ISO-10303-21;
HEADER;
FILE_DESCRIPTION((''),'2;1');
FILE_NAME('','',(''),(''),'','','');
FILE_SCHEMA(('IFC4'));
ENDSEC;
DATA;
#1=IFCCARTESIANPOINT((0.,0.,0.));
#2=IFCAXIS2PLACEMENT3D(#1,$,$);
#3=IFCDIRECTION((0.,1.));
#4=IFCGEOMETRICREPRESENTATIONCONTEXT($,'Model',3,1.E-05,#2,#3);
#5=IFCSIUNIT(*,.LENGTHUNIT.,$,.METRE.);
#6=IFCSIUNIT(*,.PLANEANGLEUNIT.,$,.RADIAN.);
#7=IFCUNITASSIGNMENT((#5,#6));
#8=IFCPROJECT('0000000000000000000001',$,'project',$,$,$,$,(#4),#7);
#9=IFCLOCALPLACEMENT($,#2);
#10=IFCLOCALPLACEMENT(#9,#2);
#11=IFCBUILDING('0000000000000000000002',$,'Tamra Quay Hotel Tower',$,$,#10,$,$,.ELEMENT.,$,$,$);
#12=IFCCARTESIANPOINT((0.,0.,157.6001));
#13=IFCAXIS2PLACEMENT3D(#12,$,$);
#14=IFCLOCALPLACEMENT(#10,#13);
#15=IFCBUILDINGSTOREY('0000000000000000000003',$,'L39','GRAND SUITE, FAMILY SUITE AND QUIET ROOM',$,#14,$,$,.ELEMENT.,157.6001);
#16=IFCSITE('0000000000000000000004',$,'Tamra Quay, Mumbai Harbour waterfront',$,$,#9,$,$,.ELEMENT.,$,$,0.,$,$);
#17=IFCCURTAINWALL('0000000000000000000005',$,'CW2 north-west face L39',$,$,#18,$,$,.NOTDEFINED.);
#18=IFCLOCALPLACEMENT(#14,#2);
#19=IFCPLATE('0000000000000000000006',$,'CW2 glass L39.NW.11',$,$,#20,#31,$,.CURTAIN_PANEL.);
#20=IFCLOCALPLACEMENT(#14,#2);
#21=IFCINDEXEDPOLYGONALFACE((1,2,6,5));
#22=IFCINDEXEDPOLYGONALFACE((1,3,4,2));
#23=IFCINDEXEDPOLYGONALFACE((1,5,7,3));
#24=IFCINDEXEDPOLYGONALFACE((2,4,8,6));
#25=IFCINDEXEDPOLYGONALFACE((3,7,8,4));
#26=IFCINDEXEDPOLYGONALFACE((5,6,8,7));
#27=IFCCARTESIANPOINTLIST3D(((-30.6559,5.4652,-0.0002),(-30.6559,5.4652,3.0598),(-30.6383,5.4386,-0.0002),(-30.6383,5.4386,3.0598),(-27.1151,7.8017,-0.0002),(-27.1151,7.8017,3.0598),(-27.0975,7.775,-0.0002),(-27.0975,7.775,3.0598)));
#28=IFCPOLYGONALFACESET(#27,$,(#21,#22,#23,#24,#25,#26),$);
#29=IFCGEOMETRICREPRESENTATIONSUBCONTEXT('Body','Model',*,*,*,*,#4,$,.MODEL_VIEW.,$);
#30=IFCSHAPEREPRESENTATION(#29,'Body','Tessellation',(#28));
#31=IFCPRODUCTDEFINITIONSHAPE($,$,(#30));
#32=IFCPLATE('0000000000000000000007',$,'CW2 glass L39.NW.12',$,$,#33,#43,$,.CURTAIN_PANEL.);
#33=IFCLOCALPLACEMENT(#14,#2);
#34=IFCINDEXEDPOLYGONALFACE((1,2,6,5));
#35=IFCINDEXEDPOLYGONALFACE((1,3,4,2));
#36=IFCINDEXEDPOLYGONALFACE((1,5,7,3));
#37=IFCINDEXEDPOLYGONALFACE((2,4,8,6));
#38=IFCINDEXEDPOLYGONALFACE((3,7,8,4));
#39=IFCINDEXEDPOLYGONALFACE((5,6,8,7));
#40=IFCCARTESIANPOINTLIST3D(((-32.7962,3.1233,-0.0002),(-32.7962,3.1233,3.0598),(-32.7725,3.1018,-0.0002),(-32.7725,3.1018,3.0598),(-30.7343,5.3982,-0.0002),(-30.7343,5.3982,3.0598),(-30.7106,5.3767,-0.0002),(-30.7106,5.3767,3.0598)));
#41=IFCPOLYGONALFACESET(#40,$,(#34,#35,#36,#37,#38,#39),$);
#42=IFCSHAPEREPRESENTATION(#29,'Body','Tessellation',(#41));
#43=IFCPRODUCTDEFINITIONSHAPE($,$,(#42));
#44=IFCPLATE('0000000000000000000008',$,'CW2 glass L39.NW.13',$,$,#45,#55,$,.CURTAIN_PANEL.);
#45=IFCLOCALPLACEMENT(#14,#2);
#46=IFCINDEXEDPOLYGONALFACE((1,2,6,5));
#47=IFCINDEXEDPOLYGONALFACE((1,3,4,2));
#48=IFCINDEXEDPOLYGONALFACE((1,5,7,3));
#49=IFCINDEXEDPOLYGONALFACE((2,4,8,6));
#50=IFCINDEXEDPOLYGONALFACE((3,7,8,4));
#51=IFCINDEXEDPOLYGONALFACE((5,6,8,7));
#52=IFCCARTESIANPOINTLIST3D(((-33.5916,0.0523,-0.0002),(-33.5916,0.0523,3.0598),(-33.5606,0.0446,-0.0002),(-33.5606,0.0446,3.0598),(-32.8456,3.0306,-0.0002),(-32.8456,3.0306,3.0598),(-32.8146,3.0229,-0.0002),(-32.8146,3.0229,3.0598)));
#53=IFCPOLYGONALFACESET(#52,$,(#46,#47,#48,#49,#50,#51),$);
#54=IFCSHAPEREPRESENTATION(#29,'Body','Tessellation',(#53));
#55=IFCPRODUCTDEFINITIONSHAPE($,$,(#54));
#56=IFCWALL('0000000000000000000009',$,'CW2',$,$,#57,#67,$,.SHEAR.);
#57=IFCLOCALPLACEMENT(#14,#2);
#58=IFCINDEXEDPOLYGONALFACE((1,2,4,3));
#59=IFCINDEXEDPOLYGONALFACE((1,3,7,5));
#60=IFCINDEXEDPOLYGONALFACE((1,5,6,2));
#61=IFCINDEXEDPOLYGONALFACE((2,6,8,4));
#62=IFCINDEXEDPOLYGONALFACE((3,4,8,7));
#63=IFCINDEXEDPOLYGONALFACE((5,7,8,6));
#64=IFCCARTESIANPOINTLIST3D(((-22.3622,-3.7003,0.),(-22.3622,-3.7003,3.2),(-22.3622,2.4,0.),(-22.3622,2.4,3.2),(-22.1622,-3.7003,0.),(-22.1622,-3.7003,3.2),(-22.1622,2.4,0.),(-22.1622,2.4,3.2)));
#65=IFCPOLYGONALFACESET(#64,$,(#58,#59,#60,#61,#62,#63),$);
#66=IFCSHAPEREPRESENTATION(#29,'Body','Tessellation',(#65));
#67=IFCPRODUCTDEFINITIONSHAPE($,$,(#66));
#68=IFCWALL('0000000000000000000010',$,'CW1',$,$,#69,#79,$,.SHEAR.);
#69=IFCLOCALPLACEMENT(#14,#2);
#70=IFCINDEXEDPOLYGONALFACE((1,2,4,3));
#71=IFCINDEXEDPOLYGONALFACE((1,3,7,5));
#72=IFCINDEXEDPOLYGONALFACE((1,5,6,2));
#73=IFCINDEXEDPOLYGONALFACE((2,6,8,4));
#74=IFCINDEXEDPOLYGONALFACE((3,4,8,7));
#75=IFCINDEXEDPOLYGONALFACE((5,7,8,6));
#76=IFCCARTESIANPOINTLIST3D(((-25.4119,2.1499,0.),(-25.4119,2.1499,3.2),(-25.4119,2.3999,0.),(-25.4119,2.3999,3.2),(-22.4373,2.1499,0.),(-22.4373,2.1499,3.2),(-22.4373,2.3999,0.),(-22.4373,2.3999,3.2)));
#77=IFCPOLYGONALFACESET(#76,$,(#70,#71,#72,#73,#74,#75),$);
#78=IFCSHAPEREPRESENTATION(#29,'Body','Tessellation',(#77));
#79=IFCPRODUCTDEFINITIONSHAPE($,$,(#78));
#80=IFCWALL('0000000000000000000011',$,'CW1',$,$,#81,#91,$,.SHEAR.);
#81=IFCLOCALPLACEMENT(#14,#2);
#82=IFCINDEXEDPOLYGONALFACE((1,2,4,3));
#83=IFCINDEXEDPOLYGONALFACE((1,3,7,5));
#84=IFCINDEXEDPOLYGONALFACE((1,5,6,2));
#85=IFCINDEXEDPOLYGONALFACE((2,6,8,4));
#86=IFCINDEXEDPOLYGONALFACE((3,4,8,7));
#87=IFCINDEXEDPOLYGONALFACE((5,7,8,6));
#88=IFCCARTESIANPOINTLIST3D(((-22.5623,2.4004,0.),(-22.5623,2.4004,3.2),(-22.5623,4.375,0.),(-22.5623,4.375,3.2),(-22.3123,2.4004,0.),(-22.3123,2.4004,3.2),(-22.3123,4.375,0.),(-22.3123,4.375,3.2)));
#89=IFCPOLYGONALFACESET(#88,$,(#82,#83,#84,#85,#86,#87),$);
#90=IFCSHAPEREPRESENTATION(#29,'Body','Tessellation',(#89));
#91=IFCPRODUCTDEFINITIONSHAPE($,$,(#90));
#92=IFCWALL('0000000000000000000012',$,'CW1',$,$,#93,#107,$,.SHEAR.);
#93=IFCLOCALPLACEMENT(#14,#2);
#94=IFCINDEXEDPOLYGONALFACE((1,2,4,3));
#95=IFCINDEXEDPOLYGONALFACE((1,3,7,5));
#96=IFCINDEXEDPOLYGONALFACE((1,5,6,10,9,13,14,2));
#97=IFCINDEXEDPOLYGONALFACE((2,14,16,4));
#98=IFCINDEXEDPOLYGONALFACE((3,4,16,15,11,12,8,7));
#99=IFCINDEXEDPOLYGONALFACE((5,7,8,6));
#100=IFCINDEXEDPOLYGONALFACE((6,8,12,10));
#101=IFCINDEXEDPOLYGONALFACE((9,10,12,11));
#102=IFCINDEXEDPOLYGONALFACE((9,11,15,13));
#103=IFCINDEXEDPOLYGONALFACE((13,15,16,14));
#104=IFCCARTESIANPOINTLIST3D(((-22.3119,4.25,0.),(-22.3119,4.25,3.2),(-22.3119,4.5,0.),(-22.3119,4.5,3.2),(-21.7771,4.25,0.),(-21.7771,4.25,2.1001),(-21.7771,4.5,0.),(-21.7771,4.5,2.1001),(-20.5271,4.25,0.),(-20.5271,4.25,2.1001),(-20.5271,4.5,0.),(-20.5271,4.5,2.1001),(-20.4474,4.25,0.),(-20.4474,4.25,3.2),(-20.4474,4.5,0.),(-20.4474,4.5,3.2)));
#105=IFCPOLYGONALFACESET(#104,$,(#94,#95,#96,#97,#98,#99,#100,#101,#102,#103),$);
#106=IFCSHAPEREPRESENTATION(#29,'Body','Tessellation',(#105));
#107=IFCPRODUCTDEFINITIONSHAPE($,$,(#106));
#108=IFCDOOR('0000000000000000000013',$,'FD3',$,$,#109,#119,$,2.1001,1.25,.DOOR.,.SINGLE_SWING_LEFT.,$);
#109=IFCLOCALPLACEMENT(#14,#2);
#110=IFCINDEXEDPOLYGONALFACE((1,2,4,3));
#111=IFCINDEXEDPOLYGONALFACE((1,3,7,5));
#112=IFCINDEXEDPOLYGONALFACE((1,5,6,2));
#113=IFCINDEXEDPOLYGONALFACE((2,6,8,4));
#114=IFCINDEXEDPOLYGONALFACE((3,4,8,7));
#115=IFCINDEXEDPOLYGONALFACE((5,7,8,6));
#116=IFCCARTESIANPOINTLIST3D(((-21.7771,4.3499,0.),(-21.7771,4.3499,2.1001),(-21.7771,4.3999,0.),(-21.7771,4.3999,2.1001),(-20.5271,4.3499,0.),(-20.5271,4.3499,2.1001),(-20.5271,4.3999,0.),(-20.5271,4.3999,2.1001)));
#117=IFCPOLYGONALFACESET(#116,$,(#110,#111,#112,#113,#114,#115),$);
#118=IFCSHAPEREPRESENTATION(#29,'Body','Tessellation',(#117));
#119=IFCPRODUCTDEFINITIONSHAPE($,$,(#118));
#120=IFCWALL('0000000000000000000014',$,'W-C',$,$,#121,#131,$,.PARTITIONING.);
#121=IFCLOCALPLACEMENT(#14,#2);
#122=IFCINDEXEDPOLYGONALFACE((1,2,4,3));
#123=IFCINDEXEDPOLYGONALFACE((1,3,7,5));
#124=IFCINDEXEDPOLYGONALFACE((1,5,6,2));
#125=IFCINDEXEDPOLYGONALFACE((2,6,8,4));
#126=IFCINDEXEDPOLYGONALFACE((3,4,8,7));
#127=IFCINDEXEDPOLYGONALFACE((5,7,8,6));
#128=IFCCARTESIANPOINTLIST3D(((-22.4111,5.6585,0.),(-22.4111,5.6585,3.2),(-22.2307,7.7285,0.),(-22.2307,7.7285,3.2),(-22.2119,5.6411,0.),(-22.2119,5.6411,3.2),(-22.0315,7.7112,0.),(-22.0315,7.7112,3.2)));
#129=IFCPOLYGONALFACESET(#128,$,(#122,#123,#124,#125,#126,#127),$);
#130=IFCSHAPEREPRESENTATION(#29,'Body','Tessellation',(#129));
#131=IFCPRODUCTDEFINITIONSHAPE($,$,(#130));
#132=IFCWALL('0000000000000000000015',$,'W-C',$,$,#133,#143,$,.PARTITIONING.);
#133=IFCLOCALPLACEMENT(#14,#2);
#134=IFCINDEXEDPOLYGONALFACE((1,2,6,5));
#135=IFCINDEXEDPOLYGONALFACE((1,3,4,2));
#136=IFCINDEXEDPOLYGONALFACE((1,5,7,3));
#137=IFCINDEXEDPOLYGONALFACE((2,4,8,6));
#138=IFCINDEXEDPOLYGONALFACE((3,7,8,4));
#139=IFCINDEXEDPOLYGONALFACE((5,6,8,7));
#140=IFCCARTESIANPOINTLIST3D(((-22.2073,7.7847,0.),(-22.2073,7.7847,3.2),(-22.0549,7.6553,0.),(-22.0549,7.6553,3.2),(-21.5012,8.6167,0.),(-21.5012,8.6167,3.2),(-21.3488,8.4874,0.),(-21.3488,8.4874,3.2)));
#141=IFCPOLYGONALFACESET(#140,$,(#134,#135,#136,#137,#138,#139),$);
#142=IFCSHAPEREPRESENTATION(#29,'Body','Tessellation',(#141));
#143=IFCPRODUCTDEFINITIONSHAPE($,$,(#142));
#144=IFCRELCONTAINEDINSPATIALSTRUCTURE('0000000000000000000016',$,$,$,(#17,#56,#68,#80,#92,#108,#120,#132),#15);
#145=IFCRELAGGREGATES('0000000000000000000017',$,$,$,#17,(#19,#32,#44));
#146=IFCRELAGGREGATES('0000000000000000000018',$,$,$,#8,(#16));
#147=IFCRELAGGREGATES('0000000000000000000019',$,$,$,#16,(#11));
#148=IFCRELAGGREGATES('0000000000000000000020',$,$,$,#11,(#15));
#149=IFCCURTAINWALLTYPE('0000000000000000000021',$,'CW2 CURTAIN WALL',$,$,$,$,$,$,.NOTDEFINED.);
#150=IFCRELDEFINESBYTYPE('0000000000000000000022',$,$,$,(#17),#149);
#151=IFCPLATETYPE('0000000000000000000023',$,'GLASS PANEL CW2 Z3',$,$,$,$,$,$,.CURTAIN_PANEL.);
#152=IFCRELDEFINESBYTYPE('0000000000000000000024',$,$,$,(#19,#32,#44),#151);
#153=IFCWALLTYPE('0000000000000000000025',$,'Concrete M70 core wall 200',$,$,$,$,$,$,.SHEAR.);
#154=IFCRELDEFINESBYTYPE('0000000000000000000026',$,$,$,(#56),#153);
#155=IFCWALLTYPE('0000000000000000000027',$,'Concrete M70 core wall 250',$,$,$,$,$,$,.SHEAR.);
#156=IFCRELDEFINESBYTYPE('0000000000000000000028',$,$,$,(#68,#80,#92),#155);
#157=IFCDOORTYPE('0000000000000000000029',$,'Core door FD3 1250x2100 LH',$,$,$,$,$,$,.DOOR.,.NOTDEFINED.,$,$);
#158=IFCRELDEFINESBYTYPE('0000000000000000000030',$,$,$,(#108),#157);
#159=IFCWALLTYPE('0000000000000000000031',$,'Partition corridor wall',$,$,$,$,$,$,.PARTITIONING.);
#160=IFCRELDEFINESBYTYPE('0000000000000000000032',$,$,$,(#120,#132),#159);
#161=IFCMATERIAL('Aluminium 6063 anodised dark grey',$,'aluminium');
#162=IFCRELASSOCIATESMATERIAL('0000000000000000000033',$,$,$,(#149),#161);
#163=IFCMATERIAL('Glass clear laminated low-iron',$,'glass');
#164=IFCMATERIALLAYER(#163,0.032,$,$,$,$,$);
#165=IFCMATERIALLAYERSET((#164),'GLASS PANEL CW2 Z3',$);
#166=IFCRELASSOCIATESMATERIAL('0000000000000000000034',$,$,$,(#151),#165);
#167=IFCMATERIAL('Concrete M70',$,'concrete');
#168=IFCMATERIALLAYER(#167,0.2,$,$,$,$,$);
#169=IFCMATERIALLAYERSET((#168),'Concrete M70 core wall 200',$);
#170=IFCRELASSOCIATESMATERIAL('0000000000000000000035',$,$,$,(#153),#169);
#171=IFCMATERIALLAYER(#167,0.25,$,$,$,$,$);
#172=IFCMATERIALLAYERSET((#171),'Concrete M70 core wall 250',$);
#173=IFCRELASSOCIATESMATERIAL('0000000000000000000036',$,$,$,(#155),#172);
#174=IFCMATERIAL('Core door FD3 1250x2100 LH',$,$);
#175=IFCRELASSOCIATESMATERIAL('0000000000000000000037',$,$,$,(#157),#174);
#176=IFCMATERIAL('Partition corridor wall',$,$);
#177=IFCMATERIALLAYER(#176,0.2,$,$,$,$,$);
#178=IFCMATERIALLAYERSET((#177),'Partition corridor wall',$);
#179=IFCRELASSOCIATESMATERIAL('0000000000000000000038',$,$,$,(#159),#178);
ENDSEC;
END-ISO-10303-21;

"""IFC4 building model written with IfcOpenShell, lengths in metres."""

from ifc_helpers import new_model, si_unit, direction, frame, frame_2d, origin, origin_2d, place, context, subcontext, project, spatial, rectangle, extrude, material, layer, layer_set, type_object, element, fill, aggregate, save


model = new_model("IFC4")

# Units and contexts
model_context = context("Model", 3, precision=1e-05, world=origin(), true_north=direction((0.0, 1.0)))
body_context = subcontext(model_context, "Body", "Model", "MODEL_VIEW")
ifc_project = project(units=[si_unit("LENGTHUNIT", "METRE"), si_unit("PLANEANGLEUNIT", "RADIAN")], contexts=[model_context])

# Site, building, storey
site_placement = place(None, origin())
site = spatial("IfcSite", under=ifc_project, at=site_placement, Name="Tamra Quay, Mumbai Harbour waterfront", CompositionType="ELEMENT", RefElevation=0.0)
building_placement = place(site_placement, origin())
building = spatial("IfcBuilding", under=site, at=building_placement, Name="Tamra Quay Hotel Tower", CompositionType="ELEMENT")
storey_placement = place(building_placement, frame((0.0, 0.0, 157.6001)))
storey = spatial("IfcBuildingStorey", under=building, at=storey_placement, Name="L39", Description="GRAND SUITE, FAMILY SUITE AND QUIET ROOM", CompositionType="ELEMENT", Elevation=157.6001)

# Shared definitions
ifc_material_1 = material(Name="Concrete M70", Category="concrete")

# Curtain wall
ifc_material_2 = material(Name="Aluminium 6063 anodised dark grey", Category="aluminium")
curtain_wall_type = type_object("IfcCurtainWallType", Name="CW2 CURTAIN WALL", PredefinedType="NOTDEFINED", material=ifc_material_2)
curtain_wall_placement = place(storey_placement, origin())
curtain_wall = element("IfcCurtainWall", 1, at=curtain_wall_placement, inside=storey, type_object=curtain_wall_type, Name="CW2 north-west face L39", PredefinedType="NOTDEFINED")

# Plates
ifc_material_3 = material(Name="Glass clear laminated low-iron", Category="glass")
ifc_layer_1 = layer(ifc_material_3, 0.032)
ifc_layer_set_1 = layer_set([ifc_layer_1], Name="GLASS PANEL CW2 Z3")
plate_type = type_object("IfcPlateType", Name="GLASS PANEL CW2 Z3", PredefinedType="CURTAIN_PANEL", material=ifc_layer_set_1)
plate_1_placement = place(storey_placement, frame((-28.8767, 6.6201, -0.0002), z_axis=(0.0, 0.0, 1.0), x_axis=(-0.834663, -0.550761, 0.0)))
plate_1 = element("IfcPlate", 2, at=plate_1_placement, type_object=plate_type, Name="CW2 glass L39.NW.11", PredefinedType="CURTAIN_PANEL", context=body_context, shape_type="SweptSolid", body=[
    extrude(rectangle(XDim=4.2422, YDim=0.032, at=origin_2d()), origin(), (0.0, 0.0, 1.0), 3.0601),
])
plate_2_placement = place(storey_placement, frame((-31.7534, 4.25, -0.0002), z_axis=(0.0, 0.0, 1.0), x_axis=(-0.67155, -0.740959, 0.0)))
plate_2 = element("IfcPlate", 3, at=plate_2_placement, type_object=plate_type, Name="CW2 glass L39.NW.12", PredefinedType="CURTAIN_PANEL", context=body_context, shape_type="SweptSolid", body=[
    extrude(rectangle(XDim=3.0703, YDim=0.032, at=origin_2d()), origin(), (0.0, 0.0, 1.0), 3.0601),
])
plate_3_placement = place(storey_placement, frame((-33.2031, 1.5376, -0.0002), z_axis=(0.0, 0.0, 1.0), x_axis=(-0.242976, -0.970032, 0.0)))
plate_3 = element("IfcPlate", 4, at=plate_3_placement, type_object=plate_type, Name="CW2 glass L39.NW.13", PredefinedType="CURTAIN_PANEL", context=body_context, shape_type="SweptSolid", body=[
    extrude(rectangle(XDim=3.0703, YDim=0.032, at=origin_2d()), origin(), (0.0, 0.0, 1.0), 3.0601),
])
aggregate(curtain_wall, [plate_1, plate_2, plate_3])

# Walls
ifc_layer_2 = layer(ifc_material_1, 0.2)
ifc_layer_set_2 = layer_set([ifc_layer_2], Name="Concrete M70 core wall 200")
wall_type_1 = type_object("IfcWallType", Name="Concrete M70 core wall 200", PredefinedType="SHEAR", material=ifc_layer_set_2)
wall_1_placement = place(storey_placement, frame((-22.2622, 2.4001, 0.0), z_axis=(0.0, 0.0, 1.0), x_axis=(0.0, -1.0, 0.0)))
element("IfcWall", 5, at=wall_1_placement, inside=storey, type_object=wall_type_1, Name="CW2", PredefinedType="SHEAR", context=body_context, shape_type="SweptSolid", body=[
    extrude(rectangle(XDim=6.1003, YDim=0.2, at=frame_2d((3.0503, 0.0))), origin(), (0.0, 0.0, 1.0), 3.2),
])
ifc_layer_3 = layer(ifc_material_1, 0.25)
ifc_layer_set_3 = layer_set([ifc_layer_3], Name="Concrete M70 core wall 250")
wall_type_2 = type_object("IfcWallType", Name="Concrete M70 core wall 250", PredefinedType="SHEAR", material=ifc_layer_set_3)
wall_2_placement = place(storey_placement, frame((-25.4119, 2.2749, 0.0), z_axis=(0.0, 0.0, 1.0), x_axis=(1.0, 0.0, 0.0)))
element("IfcWall", 6, at=wall_2_placement, inside=storey, type_object=wall_type_2, Name="CW1", PredefinedType="SHEAR", context=body_context, shape_type="SweptSolid", body=[
    extrude(rectangle(XDim=2.9746, YDim=0.25, at=frame_2d((1.4873, 0.0))), origin(), (0.0, 0.0, 1.0), 3.2),
])
wall_3_placement = place(storey_placement, frame((-22.4373, 2.4004, 0.0), z_axis=(0.0, 0.0, 1.0), x_axis=(0.0, 1.0, 0.0)))
element("IfcWall", 7, at=wall_3_placement, inside=storey, type_object=wall_type_2, Name="CW1", PredefinedType="SHEAR", context=body_context, shape_type="SweptSolid", body=[
    extrude(rectangle(XDim=1.9746, YDim=0.25, at=frame_2d((0.9873, 0.0))), origin(), (0.0, 0.0, 1.0), 3.2),
])

# Wall, opening, door
wall_4_placement = place(storey_placement, frame((-22.3118, 4.375, 0.0), z_axis=(0.0, 0.0, 1.0), x_axis=(1.0, 0.0, 0.0)))
wall_4 = element("IfcWall", 8, at=wall_4_placement, inside=storey, type_object=wall_type_2, Name="CW1", PredefinedType="SHEAR", context=body_context, shape_type="SweptSolid", body=[
    extrude(rectangle(XDim=1.8645, YDim=0.25, at=frame_2d((0.9321, 0.0))), origin(), (0.0, 0.0, 1.0), 3.2),
])
opening_placement = place(wall_4_placement, frame((0.5347, 0.0, 0.0)))
opening = element("IfcOpeningElement", 9, at=opening_placement, cuts=wall_4, PredefinedType="OPENING", context=body_context, shape_type="SweptSolid", body=[
    extrude(rectangle(XDim=1.25, YDim=2.1001, at=frame_2d((0.625, 1.05))), frame((0.0, 0.135, 0.0), z_axis=(0.0, -1.0, 0.0), x_axis=(1.0, 0.0, 0.0)), (0.0, 0.0, 1.0), 0.27),
])
ifc_material_4 = material(Name="Core door FD3 1250x2100 LH")
door_type = type_object("IfcDoorType", Name="Core door FD3 1250x2100 LH", OperationType="NOTDEFINED", PredefinedType="DOOR", material=ifc_material_4)
door_placement = place(opening_placement, origin())
door = element("IfcDoor", 10, at=door_placement, inside=storey, type_object=door_type, Name="FD3", OperationType="SINGLE_SWING_LEFT", OverallHeight=2.1001, OverallWidth=1.25, PredefinedType="DOOR", context=body_context, shape_type="SweptSolid", body=[
    extrude(rectangle(XDim=1.25, YDim=2.1001, at=frame_2d((0.625, 1.05))), frame((0.0, 0.0249, 0.0), z_axis=(0.0, -1.0, 0.0), x_axis=(1.0, 0.0, 0.0)), (0.0, 0.0, 1.0), 0.05),
])
fill(opening, door)

# Walls
ifc_material_5 = material(Name="Partition corridor wall")
ifc_layer_4 = layer(ifc_material_5, 0.2)
ifc_layer_set_4 = layer_set([ifc_layer_4], Name="Partition corridor wall")
wall_type_3 = type_object("IfcWallType", Name="Partition corridor wall", PredefinedType="PARTITIONING", material=ifc_layer_set_4)
wall_5_placement = place(storey_placement, frame((-22.1311, 7.72, 0.0), z_axis=(0.0, 0.0, 1.0), x_axis=(-0.086827, -0.996223, 0.0)))
element("IfcWall", 11, at=wall_5_placement, inside=storey, type_object=wall_type_3, Name="W-C", PredefinedType="PARTITIONING", context=body_context, shape_type="SweptSolid", body=[
    extrude(rectangle(XDim=2.0779, YDim=0.2, at=frame_2d((1.0391, 0.0))), origin(), (0.0, 0.0, 1.0), 3.2),
])
wall_6_placement = place(storey_placement, frame((-22.1311, 7.72, 0.0), z_axis=(0.0, 0.0, 1.0), x_axis=(0.647025, 0.762469, 0.0)))
element("IfcWall", 12, at=wall_6_placement, inside=storey, type_object=wall_type_3, Name="W-C", PredefinedType="PARTITIONING", context=body_context, shape_type="SweptSolid", body=[
    extrude(rectangle(XDim=1.0913, YDim=0.2, at=frame_2d((0.5457, 0.0))), origin(), (0.0, 0.0, 1.0), 3.2),
])

save(model, "model.ifc")
